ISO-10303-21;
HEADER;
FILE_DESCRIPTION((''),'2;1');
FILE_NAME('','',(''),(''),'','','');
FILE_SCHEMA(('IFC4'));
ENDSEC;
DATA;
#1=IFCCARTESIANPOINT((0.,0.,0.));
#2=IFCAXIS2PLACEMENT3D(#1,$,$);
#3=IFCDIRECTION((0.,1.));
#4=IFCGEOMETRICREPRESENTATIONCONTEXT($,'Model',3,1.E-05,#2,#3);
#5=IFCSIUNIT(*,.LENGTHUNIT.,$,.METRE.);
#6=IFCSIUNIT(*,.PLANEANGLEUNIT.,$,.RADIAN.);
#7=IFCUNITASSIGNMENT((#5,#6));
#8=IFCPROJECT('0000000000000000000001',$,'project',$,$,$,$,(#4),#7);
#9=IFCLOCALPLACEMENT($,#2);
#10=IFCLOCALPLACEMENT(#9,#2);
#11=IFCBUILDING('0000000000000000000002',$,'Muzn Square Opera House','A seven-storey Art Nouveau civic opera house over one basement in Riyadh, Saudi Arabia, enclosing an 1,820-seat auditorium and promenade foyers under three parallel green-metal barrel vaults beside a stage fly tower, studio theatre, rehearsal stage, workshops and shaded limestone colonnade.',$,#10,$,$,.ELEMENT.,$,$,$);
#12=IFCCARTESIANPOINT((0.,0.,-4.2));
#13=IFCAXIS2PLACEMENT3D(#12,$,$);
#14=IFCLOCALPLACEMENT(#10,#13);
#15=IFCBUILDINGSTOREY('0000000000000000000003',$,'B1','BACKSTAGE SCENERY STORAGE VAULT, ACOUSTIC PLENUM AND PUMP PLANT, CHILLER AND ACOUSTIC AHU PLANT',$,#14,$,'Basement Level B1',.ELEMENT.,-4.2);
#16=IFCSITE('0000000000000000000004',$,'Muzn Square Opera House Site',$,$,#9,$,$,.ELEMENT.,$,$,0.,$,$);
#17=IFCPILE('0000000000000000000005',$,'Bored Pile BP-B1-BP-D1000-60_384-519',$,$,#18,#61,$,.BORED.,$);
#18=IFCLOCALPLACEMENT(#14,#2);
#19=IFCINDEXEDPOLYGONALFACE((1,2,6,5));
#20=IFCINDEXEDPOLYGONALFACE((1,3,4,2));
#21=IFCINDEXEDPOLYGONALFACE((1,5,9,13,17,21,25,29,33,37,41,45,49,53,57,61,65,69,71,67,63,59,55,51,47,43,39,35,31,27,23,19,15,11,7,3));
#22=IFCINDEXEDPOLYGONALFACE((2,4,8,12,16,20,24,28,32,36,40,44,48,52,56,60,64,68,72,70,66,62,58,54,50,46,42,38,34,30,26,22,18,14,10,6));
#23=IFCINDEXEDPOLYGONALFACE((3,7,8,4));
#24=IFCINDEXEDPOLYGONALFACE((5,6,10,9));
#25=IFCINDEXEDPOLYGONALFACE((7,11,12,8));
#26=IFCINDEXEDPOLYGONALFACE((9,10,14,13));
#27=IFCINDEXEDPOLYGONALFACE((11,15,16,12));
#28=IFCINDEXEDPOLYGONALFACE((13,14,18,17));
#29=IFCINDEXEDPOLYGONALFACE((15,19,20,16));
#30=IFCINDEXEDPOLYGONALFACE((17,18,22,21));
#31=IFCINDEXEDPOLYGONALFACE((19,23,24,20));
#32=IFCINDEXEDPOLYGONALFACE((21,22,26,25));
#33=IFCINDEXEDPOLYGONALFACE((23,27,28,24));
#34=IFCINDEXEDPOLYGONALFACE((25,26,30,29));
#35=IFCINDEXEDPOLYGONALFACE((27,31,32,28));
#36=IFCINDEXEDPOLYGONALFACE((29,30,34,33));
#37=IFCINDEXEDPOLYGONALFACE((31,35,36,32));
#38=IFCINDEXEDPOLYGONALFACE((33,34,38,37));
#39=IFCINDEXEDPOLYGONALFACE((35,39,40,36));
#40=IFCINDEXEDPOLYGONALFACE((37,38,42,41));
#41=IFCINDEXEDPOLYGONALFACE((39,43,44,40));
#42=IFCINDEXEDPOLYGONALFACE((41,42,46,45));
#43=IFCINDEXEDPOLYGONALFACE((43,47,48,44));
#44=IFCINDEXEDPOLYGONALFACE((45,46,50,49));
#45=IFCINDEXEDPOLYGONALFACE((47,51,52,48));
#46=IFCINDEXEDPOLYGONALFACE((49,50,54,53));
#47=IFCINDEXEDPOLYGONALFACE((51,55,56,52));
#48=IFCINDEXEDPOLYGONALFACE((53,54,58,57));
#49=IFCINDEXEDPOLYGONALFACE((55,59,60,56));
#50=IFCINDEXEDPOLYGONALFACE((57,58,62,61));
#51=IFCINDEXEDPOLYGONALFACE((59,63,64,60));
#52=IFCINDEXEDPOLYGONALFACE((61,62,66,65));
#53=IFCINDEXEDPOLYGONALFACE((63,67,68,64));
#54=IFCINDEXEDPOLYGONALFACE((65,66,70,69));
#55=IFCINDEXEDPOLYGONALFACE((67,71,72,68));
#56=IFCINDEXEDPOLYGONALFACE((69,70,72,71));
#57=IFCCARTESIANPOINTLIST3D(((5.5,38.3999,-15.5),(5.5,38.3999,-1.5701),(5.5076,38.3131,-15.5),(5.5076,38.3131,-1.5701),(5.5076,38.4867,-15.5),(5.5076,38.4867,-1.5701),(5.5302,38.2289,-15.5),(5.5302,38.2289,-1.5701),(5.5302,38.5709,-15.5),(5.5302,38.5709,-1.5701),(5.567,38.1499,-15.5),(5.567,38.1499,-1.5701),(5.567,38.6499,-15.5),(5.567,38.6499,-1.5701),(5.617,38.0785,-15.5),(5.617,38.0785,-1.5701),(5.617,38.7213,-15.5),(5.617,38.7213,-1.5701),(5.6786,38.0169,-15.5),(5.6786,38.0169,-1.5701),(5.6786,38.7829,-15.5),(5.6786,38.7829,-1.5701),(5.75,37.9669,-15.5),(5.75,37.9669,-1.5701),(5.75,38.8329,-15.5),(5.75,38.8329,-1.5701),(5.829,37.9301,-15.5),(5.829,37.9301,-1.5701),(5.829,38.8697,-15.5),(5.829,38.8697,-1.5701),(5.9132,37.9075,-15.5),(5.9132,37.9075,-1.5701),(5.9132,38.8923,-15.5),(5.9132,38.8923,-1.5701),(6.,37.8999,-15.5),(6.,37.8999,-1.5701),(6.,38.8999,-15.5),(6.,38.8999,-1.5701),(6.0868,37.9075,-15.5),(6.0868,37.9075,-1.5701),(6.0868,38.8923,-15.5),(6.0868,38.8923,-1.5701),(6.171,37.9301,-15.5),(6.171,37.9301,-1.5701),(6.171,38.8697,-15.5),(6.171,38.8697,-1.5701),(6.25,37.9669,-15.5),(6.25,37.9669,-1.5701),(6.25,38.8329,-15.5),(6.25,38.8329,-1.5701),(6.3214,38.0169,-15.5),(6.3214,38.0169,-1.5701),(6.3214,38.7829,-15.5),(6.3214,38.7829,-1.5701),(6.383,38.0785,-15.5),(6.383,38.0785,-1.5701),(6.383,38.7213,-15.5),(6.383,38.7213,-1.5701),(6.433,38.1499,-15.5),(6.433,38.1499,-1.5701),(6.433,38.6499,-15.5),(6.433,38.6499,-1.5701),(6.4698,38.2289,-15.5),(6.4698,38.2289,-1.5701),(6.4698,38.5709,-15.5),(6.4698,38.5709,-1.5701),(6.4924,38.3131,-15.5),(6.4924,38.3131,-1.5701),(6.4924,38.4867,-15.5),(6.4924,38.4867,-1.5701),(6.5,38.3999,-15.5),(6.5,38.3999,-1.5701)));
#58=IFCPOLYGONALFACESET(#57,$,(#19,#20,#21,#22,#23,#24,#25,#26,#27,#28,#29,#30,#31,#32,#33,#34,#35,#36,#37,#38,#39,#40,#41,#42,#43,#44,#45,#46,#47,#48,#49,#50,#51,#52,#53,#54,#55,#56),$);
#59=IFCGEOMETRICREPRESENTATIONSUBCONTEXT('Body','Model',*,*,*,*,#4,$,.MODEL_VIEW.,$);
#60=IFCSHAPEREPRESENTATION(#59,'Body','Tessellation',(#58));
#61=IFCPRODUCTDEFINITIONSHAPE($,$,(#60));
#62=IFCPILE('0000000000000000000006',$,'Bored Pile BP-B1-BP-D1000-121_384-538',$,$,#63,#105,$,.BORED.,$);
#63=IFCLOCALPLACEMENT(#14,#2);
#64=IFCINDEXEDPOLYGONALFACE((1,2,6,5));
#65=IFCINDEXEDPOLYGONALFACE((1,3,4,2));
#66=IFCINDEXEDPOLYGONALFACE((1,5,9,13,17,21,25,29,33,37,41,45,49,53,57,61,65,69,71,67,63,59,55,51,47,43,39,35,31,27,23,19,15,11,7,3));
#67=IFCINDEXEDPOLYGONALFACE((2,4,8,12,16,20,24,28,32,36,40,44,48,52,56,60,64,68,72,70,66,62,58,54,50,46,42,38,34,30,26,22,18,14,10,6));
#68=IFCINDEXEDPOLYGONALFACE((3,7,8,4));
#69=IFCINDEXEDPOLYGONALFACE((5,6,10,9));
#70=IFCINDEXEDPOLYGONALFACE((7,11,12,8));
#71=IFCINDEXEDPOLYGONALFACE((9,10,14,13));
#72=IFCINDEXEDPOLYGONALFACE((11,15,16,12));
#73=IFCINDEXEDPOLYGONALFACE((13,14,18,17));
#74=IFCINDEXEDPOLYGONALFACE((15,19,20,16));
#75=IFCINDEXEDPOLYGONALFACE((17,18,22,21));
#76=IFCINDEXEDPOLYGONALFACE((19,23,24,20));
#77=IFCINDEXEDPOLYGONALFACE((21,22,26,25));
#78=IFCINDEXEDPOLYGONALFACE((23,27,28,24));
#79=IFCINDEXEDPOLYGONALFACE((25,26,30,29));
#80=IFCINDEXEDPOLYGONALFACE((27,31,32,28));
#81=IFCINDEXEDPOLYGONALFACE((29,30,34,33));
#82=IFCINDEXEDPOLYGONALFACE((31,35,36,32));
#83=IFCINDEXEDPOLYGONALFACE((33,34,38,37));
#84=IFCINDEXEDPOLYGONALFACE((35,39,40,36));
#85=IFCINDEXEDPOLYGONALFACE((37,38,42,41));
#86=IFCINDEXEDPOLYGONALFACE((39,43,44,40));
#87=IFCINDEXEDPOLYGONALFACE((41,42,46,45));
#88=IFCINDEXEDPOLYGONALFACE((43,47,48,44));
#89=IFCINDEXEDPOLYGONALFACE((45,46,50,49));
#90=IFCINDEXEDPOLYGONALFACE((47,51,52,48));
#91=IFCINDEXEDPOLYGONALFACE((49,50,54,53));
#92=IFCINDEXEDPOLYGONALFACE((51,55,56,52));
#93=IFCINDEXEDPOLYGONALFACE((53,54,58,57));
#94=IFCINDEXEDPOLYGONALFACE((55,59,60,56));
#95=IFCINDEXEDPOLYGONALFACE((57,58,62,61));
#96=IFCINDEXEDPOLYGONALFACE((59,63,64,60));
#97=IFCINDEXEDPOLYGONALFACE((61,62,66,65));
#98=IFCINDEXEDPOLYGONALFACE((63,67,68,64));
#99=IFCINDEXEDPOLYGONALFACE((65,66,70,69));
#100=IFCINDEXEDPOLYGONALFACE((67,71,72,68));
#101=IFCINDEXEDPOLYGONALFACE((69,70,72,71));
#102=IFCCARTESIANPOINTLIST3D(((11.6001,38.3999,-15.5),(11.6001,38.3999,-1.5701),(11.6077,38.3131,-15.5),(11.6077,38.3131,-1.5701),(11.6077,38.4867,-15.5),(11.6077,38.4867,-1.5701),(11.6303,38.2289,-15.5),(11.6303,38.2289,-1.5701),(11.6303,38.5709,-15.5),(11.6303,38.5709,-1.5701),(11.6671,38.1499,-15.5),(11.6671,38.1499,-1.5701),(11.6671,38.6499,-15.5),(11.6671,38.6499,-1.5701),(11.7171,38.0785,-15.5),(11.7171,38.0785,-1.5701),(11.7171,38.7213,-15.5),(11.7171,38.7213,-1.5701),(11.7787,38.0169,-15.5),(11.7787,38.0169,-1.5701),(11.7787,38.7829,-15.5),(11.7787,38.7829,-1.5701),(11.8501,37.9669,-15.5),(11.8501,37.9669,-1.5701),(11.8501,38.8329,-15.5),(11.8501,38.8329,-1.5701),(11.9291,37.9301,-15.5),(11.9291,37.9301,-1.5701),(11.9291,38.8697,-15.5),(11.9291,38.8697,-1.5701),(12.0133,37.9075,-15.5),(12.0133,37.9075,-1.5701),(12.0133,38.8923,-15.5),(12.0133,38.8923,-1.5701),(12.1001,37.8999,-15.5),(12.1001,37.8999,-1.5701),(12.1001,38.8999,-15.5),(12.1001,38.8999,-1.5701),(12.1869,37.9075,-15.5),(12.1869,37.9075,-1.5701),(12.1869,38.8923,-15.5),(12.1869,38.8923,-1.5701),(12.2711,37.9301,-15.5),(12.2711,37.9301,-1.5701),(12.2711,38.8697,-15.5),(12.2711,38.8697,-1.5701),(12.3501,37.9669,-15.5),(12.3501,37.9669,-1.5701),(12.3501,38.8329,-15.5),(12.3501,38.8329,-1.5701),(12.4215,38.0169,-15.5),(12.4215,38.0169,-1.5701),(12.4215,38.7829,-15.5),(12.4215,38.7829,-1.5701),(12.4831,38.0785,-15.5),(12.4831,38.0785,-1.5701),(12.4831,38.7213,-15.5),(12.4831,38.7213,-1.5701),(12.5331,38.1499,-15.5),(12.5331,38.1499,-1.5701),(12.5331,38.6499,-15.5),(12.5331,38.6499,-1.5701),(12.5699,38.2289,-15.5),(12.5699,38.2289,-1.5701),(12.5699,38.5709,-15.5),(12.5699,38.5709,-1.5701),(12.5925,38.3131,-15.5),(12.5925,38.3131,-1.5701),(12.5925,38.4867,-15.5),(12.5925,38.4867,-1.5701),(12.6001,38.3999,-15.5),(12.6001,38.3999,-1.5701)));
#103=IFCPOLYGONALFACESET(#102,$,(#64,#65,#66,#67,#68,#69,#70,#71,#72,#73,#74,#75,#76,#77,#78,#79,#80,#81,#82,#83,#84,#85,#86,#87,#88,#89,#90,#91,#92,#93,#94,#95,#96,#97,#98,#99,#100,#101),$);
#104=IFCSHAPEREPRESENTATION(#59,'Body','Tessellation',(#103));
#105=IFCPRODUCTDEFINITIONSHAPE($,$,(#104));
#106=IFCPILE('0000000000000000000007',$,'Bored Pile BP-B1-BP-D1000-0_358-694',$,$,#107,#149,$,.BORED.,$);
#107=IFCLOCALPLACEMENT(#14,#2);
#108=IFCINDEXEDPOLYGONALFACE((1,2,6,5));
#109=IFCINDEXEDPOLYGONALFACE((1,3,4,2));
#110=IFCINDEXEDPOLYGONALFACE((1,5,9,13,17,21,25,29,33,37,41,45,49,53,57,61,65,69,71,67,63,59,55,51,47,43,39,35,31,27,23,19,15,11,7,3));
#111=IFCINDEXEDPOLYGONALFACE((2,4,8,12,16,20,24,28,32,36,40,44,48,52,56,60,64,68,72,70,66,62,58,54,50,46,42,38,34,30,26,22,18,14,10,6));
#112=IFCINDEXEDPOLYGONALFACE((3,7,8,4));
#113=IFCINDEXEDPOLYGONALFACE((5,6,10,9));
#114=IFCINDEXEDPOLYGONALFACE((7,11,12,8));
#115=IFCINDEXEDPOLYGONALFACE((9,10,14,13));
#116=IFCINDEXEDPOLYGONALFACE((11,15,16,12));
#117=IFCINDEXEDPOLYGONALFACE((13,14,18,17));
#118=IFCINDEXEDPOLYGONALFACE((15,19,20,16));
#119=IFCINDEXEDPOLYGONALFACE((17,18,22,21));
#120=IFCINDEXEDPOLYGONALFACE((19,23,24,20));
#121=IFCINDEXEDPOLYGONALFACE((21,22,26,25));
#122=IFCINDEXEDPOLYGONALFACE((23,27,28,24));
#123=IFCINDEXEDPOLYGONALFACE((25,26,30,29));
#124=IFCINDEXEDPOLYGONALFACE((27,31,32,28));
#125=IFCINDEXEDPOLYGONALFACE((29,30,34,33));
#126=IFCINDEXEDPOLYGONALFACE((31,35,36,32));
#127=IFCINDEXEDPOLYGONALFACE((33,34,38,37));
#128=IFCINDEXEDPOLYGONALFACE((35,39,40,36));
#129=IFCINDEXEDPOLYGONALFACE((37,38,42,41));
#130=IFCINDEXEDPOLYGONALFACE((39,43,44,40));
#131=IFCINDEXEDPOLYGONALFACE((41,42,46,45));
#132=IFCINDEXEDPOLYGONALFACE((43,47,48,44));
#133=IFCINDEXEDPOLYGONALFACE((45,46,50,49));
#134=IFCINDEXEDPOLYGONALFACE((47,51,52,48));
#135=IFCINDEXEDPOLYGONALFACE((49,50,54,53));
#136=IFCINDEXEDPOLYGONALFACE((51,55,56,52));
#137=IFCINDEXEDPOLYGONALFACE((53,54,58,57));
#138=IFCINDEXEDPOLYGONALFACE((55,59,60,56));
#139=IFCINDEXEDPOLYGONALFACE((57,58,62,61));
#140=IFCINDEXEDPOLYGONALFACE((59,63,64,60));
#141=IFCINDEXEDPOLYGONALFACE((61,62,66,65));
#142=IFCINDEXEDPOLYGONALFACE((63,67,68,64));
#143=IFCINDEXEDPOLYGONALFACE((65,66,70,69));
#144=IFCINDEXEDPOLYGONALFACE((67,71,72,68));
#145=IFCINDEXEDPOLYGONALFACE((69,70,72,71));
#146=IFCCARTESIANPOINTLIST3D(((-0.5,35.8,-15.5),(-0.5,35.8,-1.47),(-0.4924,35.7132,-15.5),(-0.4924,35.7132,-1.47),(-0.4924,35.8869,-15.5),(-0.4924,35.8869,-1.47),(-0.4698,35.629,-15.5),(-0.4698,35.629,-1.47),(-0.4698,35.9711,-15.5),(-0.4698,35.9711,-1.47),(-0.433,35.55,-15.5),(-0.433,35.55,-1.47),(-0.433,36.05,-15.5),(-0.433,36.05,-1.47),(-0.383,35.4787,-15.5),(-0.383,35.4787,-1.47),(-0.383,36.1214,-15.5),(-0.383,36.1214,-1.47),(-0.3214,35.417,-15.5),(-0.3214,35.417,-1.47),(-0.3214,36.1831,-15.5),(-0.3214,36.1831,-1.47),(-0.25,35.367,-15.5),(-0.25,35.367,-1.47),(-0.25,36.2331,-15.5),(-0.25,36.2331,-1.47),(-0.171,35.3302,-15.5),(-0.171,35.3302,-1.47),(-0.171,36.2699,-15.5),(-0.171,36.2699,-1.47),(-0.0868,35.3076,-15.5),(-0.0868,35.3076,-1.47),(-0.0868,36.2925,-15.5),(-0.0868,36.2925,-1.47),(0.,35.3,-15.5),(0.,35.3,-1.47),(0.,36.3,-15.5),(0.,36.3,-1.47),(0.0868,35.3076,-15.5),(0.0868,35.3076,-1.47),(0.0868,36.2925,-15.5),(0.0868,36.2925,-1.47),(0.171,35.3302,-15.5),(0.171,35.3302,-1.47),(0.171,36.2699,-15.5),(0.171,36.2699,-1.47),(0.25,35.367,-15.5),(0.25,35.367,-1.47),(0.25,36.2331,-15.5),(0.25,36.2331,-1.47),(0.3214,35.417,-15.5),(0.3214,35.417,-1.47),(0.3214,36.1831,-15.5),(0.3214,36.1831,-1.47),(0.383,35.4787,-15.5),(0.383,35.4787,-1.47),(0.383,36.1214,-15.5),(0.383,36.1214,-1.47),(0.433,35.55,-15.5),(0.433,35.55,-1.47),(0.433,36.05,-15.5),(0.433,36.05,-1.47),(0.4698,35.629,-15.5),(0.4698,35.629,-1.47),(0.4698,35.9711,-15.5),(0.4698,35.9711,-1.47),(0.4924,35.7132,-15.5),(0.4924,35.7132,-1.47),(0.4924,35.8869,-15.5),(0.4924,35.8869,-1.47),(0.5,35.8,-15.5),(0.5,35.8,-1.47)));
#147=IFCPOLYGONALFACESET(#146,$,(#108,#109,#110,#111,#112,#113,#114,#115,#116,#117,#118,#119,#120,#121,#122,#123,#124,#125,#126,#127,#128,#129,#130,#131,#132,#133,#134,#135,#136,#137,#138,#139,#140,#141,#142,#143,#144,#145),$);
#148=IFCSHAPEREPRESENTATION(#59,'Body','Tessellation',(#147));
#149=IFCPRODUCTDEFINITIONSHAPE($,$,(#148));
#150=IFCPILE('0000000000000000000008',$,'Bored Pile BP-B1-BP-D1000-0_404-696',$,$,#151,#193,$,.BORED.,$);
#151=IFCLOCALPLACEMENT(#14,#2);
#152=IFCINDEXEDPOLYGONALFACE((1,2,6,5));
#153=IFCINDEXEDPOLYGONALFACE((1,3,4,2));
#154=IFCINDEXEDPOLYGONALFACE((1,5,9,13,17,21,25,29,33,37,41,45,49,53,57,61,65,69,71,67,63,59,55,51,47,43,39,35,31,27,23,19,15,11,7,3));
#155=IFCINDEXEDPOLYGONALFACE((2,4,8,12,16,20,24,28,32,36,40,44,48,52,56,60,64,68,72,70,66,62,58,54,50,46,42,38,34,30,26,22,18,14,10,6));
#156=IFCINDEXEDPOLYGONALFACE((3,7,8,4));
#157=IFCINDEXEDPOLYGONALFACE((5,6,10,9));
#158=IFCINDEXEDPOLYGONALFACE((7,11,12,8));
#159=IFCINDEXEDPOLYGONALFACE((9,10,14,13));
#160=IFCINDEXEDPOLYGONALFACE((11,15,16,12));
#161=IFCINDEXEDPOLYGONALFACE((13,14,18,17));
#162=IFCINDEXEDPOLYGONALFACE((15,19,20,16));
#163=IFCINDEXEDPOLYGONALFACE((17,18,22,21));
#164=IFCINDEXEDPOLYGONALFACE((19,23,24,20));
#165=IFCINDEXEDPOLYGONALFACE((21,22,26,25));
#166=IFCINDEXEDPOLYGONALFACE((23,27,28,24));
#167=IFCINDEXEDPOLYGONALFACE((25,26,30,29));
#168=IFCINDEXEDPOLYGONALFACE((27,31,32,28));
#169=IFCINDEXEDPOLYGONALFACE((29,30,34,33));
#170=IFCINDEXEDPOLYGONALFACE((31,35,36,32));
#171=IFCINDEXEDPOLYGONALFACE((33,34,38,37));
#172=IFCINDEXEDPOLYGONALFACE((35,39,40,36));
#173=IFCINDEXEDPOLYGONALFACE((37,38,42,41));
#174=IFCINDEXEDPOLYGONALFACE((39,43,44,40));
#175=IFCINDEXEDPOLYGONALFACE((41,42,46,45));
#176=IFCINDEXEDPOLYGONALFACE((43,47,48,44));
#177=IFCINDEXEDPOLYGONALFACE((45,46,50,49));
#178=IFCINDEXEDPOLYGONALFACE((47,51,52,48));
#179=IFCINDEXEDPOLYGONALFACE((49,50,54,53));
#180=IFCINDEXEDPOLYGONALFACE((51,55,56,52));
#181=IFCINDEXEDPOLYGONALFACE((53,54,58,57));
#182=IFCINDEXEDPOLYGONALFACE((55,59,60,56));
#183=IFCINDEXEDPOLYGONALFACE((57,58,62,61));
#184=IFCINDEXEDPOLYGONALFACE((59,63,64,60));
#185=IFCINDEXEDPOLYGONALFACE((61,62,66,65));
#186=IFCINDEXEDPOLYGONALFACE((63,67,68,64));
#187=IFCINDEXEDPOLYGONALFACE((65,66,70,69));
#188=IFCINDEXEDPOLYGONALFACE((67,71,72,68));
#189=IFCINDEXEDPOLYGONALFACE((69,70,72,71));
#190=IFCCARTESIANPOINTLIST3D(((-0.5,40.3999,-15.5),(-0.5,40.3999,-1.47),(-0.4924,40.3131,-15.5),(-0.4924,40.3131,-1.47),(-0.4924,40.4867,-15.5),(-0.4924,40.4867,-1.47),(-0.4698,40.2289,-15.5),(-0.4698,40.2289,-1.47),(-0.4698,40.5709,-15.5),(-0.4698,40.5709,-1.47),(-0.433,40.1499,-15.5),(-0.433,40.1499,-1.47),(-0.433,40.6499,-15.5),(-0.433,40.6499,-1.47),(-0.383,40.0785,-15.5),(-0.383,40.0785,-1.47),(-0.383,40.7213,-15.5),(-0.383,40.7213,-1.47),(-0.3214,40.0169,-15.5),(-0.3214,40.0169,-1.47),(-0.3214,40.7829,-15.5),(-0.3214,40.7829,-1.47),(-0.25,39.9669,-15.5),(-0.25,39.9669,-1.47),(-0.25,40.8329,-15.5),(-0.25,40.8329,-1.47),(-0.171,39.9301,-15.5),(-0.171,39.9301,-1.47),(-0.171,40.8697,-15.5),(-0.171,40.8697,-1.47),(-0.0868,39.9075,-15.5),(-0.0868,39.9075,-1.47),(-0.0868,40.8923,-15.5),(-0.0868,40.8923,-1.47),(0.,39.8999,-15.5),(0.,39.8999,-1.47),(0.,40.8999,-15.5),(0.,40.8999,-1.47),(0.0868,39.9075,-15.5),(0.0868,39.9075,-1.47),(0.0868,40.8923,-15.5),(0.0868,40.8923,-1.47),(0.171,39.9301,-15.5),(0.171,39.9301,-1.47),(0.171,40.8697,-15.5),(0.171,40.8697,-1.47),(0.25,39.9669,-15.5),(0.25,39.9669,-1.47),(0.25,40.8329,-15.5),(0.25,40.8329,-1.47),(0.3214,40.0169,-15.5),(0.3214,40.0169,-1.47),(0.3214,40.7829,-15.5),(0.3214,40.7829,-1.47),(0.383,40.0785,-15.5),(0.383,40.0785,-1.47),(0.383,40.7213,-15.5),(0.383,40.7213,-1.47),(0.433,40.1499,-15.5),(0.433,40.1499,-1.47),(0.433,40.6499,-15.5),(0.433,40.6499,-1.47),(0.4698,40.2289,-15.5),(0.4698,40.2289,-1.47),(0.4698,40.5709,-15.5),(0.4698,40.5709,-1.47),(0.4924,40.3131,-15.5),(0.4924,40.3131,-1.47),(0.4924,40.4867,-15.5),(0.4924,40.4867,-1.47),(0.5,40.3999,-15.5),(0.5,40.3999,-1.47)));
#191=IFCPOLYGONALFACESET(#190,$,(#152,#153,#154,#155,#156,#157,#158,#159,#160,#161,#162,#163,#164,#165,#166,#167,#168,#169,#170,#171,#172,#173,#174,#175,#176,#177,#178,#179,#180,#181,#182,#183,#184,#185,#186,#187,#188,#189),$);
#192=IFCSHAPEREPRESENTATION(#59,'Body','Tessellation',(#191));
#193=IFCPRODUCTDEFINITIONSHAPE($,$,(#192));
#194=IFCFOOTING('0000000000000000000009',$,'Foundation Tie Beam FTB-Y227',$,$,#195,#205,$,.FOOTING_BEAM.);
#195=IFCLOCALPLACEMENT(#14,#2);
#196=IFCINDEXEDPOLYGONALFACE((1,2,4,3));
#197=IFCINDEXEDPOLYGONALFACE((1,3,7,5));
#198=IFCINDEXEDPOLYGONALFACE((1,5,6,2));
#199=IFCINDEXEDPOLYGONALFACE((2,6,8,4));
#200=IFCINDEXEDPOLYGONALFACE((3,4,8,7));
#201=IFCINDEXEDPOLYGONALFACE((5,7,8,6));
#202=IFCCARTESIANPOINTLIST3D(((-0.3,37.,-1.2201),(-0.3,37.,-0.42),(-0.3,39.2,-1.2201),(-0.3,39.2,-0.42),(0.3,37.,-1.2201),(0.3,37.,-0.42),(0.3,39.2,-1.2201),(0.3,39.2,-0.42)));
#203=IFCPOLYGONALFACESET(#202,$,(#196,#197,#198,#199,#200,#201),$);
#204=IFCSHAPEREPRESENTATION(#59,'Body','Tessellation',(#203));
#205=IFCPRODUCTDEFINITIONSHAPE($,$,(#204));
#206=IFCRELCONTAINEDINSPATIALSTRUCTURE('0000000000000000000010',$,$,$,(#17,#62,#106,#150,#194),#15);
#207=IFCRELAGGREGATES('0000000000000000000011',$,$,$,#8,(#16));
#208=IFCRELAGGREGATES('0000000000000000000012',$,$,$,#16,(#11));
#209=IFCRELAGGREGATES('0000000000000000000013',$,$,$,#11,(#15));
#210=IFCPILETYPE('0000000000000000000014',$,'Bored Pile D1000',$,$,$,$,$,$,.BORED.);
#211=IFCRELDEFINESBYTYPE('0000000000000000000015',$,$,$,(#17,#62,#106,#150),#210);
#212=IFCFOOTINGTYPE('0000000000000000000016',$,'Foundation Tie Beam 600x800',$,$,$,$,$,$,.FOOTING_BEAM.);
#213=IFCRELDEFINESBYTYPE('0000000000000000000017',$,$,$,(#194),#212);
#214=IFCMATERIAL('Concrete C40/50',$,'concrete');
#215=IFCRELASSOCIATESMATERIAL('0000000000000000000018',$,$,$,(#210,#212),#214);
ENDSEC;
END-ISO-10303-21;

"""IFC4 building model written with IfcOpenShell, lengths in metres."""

from ifc_helpers import new_model, si_unit, direction, frame, origin, origin_2d, place, context, subcontext, project, spatial, rectangle, circle, extrude, material, material_profile, profile_set, type_object, element, save


model = new_model("IFC4")

# Units and contexts
model_context = context("Model", 3, precision=1e-05, world=origin(), true_north=direction((0.0, 1.0)))
body_context = subcontext(model_context, "Body", "Model", "MODEL_VIEW")
ifc_project = project(units=[si_unit("LENGTHUNIT", "METRE"), si_unit("PLANEANGLEUNIT", "RADIAN")], contexts=[model_context])

# Site, building, storey
site_placement = place(None, origin())
site = spatial("IfcSite", under=ifc_project, at=site_placement, Name="Muzn Square Opera House Site", CompositionType="ELEMENT", RefElevation=0.0)
building_placement = place(site_placement, origin())
building = spatial("IfcBuilding", under=site, at=building_placement, Name="Muzn Square Opera House", Description="A seven-storey Art Nouveau civic opera house over one basement in Riyadh, Saudi Arabia, enclosing an 1,820-seat auditorium and promenade foyers under three parallel green-metal barrel vaults beside a stage fly tower, studio theatre, rehearsal stage, workshops and shaded limestone colonnade.", CompositionType="ELEMENT")
storey_placement = place(building_placement, frame((0.0, 0.0, -4.2)))
storey = spatial("IfcBuildingStorey", under=building, at=storey_placement, Name="B1", Description="BACKSTAGE SCENERY STORAGE VAULT, ACOUSTIC PLENUM AND PUMP PLANT, CHILLER AND ACOUSTIC AHU PLANT", LongName="Basement Level B1", CompositionType="ELEMENT", Elevation=-4.2)

# Piles
ifc_material_1 = material(Name="Concrete C40/50", Category="concrete")
ifc_material_profile_1 = material_profile(ifc_material_1, circle(Radius=0.5, at=origin_2d()), Name="BORED PILE D1000", Category="concrete")
ifc_profile_set_1 = profile_set([ifc_material_profile_1], Name="Concrete C40/50")
pile_type = type_object("IfcPileType", Name="Bored Pile D1000", PredefinedType="BORED", material=ifc_profile_set_1)
for number, where, z_axis, x_axis, name in (
    (1, (6.0, 38.3999, -1.5701), (0.0, 0.0, -1.0), (1.0, 0.0, 0.0), "Bored Pile BP-B1-BP-D1000-60_384-519"),
    (2, (12.1001, 38.3999, -1.5701), (0.0, 0.0, -1.0), (1.0, 0.0, 0.0), "Bored Pile BP-B1-BP-D1000-121_384-538"),
):
    element("IfcPile", number, at=place(storey_placement, frame(where, z_axis=z_axis, x_axis=x_axis)), inside=storey, type_object=pile_type, Name=name, PredefinedType="BORED", context=body_context, shape_type="SweptSolid", body=[
        extrude(circle(Radius=0.5, at=origin_2d()), origin(), (0.0, 0.0, 1.0), 13.9299),
    ])
for number, where, z_axis, x_axis, name in (
    (3, (0.0, 35.8, -1.47), (0.0, 0.0, -1.0), (1.0, 0.0, 0.0), "Bored Pile BP-B1-BP-D1000-0_358-694"),
    (4, (0.0, 40.3999, -1.47), (0.0, 0.0, -1.0), (1.0, 0.0, 0.0), "Bored Pile BP-B1-BP-D1000-0_404-696"),
):
    element("IfcPile", number, at=place(storey_placement, frame(where, z_axis=z_axis, x_axis=x_axis)), inside=storey, type_object=pile_type, Name=name, PredefinedType="BORED", context=body_context, shape_type="SweptSolid", body=[
        extrude(circle(Radius=0.5, at=origin_2d()), origin(), (0.0, 0.0, 1.0), 14.03),
    ])

# Footing
ifc_material_profile_2 = material_profile(ifc_material_1, rectangle(XDim=0.6001, YDim=0.8, at=origin_2d()), Name="RCTB 600x800", Category="concrete")
ifc_profile_set_2 = profile_set([ifc_material_profile_2], Name="Concrete C40/50")
footing_type_1 = type_object("IfcFootingType", Name="Foundation Tie Beam 600x800", PredefinedType="FOOTING_BEAM", material=ifc_profile_set_2)
footing_1_placement = place(storey_placement, frame((0.0, 37.0, -0.8201), z_axis=(0.0, 1.0, 0.0), x_axis=(-1.0, 0.0, 0.0)))
element("IfcFooting", 5, at=footing_1_placement, inside=storey, type_object=footing_type_1, Name="Foundation Tie Beam FTB-Y227", PredefinedType="FOOTING_BEAM", context=body_context, shape_type="SweptSolid", body=[
    extrude(rectangle(XDim=0.6001, YDim=0.8, at=origin_2d()), origin(), (0.0, 0.0, 1.0), 2.2),
])

save(model, "model.ifc")
